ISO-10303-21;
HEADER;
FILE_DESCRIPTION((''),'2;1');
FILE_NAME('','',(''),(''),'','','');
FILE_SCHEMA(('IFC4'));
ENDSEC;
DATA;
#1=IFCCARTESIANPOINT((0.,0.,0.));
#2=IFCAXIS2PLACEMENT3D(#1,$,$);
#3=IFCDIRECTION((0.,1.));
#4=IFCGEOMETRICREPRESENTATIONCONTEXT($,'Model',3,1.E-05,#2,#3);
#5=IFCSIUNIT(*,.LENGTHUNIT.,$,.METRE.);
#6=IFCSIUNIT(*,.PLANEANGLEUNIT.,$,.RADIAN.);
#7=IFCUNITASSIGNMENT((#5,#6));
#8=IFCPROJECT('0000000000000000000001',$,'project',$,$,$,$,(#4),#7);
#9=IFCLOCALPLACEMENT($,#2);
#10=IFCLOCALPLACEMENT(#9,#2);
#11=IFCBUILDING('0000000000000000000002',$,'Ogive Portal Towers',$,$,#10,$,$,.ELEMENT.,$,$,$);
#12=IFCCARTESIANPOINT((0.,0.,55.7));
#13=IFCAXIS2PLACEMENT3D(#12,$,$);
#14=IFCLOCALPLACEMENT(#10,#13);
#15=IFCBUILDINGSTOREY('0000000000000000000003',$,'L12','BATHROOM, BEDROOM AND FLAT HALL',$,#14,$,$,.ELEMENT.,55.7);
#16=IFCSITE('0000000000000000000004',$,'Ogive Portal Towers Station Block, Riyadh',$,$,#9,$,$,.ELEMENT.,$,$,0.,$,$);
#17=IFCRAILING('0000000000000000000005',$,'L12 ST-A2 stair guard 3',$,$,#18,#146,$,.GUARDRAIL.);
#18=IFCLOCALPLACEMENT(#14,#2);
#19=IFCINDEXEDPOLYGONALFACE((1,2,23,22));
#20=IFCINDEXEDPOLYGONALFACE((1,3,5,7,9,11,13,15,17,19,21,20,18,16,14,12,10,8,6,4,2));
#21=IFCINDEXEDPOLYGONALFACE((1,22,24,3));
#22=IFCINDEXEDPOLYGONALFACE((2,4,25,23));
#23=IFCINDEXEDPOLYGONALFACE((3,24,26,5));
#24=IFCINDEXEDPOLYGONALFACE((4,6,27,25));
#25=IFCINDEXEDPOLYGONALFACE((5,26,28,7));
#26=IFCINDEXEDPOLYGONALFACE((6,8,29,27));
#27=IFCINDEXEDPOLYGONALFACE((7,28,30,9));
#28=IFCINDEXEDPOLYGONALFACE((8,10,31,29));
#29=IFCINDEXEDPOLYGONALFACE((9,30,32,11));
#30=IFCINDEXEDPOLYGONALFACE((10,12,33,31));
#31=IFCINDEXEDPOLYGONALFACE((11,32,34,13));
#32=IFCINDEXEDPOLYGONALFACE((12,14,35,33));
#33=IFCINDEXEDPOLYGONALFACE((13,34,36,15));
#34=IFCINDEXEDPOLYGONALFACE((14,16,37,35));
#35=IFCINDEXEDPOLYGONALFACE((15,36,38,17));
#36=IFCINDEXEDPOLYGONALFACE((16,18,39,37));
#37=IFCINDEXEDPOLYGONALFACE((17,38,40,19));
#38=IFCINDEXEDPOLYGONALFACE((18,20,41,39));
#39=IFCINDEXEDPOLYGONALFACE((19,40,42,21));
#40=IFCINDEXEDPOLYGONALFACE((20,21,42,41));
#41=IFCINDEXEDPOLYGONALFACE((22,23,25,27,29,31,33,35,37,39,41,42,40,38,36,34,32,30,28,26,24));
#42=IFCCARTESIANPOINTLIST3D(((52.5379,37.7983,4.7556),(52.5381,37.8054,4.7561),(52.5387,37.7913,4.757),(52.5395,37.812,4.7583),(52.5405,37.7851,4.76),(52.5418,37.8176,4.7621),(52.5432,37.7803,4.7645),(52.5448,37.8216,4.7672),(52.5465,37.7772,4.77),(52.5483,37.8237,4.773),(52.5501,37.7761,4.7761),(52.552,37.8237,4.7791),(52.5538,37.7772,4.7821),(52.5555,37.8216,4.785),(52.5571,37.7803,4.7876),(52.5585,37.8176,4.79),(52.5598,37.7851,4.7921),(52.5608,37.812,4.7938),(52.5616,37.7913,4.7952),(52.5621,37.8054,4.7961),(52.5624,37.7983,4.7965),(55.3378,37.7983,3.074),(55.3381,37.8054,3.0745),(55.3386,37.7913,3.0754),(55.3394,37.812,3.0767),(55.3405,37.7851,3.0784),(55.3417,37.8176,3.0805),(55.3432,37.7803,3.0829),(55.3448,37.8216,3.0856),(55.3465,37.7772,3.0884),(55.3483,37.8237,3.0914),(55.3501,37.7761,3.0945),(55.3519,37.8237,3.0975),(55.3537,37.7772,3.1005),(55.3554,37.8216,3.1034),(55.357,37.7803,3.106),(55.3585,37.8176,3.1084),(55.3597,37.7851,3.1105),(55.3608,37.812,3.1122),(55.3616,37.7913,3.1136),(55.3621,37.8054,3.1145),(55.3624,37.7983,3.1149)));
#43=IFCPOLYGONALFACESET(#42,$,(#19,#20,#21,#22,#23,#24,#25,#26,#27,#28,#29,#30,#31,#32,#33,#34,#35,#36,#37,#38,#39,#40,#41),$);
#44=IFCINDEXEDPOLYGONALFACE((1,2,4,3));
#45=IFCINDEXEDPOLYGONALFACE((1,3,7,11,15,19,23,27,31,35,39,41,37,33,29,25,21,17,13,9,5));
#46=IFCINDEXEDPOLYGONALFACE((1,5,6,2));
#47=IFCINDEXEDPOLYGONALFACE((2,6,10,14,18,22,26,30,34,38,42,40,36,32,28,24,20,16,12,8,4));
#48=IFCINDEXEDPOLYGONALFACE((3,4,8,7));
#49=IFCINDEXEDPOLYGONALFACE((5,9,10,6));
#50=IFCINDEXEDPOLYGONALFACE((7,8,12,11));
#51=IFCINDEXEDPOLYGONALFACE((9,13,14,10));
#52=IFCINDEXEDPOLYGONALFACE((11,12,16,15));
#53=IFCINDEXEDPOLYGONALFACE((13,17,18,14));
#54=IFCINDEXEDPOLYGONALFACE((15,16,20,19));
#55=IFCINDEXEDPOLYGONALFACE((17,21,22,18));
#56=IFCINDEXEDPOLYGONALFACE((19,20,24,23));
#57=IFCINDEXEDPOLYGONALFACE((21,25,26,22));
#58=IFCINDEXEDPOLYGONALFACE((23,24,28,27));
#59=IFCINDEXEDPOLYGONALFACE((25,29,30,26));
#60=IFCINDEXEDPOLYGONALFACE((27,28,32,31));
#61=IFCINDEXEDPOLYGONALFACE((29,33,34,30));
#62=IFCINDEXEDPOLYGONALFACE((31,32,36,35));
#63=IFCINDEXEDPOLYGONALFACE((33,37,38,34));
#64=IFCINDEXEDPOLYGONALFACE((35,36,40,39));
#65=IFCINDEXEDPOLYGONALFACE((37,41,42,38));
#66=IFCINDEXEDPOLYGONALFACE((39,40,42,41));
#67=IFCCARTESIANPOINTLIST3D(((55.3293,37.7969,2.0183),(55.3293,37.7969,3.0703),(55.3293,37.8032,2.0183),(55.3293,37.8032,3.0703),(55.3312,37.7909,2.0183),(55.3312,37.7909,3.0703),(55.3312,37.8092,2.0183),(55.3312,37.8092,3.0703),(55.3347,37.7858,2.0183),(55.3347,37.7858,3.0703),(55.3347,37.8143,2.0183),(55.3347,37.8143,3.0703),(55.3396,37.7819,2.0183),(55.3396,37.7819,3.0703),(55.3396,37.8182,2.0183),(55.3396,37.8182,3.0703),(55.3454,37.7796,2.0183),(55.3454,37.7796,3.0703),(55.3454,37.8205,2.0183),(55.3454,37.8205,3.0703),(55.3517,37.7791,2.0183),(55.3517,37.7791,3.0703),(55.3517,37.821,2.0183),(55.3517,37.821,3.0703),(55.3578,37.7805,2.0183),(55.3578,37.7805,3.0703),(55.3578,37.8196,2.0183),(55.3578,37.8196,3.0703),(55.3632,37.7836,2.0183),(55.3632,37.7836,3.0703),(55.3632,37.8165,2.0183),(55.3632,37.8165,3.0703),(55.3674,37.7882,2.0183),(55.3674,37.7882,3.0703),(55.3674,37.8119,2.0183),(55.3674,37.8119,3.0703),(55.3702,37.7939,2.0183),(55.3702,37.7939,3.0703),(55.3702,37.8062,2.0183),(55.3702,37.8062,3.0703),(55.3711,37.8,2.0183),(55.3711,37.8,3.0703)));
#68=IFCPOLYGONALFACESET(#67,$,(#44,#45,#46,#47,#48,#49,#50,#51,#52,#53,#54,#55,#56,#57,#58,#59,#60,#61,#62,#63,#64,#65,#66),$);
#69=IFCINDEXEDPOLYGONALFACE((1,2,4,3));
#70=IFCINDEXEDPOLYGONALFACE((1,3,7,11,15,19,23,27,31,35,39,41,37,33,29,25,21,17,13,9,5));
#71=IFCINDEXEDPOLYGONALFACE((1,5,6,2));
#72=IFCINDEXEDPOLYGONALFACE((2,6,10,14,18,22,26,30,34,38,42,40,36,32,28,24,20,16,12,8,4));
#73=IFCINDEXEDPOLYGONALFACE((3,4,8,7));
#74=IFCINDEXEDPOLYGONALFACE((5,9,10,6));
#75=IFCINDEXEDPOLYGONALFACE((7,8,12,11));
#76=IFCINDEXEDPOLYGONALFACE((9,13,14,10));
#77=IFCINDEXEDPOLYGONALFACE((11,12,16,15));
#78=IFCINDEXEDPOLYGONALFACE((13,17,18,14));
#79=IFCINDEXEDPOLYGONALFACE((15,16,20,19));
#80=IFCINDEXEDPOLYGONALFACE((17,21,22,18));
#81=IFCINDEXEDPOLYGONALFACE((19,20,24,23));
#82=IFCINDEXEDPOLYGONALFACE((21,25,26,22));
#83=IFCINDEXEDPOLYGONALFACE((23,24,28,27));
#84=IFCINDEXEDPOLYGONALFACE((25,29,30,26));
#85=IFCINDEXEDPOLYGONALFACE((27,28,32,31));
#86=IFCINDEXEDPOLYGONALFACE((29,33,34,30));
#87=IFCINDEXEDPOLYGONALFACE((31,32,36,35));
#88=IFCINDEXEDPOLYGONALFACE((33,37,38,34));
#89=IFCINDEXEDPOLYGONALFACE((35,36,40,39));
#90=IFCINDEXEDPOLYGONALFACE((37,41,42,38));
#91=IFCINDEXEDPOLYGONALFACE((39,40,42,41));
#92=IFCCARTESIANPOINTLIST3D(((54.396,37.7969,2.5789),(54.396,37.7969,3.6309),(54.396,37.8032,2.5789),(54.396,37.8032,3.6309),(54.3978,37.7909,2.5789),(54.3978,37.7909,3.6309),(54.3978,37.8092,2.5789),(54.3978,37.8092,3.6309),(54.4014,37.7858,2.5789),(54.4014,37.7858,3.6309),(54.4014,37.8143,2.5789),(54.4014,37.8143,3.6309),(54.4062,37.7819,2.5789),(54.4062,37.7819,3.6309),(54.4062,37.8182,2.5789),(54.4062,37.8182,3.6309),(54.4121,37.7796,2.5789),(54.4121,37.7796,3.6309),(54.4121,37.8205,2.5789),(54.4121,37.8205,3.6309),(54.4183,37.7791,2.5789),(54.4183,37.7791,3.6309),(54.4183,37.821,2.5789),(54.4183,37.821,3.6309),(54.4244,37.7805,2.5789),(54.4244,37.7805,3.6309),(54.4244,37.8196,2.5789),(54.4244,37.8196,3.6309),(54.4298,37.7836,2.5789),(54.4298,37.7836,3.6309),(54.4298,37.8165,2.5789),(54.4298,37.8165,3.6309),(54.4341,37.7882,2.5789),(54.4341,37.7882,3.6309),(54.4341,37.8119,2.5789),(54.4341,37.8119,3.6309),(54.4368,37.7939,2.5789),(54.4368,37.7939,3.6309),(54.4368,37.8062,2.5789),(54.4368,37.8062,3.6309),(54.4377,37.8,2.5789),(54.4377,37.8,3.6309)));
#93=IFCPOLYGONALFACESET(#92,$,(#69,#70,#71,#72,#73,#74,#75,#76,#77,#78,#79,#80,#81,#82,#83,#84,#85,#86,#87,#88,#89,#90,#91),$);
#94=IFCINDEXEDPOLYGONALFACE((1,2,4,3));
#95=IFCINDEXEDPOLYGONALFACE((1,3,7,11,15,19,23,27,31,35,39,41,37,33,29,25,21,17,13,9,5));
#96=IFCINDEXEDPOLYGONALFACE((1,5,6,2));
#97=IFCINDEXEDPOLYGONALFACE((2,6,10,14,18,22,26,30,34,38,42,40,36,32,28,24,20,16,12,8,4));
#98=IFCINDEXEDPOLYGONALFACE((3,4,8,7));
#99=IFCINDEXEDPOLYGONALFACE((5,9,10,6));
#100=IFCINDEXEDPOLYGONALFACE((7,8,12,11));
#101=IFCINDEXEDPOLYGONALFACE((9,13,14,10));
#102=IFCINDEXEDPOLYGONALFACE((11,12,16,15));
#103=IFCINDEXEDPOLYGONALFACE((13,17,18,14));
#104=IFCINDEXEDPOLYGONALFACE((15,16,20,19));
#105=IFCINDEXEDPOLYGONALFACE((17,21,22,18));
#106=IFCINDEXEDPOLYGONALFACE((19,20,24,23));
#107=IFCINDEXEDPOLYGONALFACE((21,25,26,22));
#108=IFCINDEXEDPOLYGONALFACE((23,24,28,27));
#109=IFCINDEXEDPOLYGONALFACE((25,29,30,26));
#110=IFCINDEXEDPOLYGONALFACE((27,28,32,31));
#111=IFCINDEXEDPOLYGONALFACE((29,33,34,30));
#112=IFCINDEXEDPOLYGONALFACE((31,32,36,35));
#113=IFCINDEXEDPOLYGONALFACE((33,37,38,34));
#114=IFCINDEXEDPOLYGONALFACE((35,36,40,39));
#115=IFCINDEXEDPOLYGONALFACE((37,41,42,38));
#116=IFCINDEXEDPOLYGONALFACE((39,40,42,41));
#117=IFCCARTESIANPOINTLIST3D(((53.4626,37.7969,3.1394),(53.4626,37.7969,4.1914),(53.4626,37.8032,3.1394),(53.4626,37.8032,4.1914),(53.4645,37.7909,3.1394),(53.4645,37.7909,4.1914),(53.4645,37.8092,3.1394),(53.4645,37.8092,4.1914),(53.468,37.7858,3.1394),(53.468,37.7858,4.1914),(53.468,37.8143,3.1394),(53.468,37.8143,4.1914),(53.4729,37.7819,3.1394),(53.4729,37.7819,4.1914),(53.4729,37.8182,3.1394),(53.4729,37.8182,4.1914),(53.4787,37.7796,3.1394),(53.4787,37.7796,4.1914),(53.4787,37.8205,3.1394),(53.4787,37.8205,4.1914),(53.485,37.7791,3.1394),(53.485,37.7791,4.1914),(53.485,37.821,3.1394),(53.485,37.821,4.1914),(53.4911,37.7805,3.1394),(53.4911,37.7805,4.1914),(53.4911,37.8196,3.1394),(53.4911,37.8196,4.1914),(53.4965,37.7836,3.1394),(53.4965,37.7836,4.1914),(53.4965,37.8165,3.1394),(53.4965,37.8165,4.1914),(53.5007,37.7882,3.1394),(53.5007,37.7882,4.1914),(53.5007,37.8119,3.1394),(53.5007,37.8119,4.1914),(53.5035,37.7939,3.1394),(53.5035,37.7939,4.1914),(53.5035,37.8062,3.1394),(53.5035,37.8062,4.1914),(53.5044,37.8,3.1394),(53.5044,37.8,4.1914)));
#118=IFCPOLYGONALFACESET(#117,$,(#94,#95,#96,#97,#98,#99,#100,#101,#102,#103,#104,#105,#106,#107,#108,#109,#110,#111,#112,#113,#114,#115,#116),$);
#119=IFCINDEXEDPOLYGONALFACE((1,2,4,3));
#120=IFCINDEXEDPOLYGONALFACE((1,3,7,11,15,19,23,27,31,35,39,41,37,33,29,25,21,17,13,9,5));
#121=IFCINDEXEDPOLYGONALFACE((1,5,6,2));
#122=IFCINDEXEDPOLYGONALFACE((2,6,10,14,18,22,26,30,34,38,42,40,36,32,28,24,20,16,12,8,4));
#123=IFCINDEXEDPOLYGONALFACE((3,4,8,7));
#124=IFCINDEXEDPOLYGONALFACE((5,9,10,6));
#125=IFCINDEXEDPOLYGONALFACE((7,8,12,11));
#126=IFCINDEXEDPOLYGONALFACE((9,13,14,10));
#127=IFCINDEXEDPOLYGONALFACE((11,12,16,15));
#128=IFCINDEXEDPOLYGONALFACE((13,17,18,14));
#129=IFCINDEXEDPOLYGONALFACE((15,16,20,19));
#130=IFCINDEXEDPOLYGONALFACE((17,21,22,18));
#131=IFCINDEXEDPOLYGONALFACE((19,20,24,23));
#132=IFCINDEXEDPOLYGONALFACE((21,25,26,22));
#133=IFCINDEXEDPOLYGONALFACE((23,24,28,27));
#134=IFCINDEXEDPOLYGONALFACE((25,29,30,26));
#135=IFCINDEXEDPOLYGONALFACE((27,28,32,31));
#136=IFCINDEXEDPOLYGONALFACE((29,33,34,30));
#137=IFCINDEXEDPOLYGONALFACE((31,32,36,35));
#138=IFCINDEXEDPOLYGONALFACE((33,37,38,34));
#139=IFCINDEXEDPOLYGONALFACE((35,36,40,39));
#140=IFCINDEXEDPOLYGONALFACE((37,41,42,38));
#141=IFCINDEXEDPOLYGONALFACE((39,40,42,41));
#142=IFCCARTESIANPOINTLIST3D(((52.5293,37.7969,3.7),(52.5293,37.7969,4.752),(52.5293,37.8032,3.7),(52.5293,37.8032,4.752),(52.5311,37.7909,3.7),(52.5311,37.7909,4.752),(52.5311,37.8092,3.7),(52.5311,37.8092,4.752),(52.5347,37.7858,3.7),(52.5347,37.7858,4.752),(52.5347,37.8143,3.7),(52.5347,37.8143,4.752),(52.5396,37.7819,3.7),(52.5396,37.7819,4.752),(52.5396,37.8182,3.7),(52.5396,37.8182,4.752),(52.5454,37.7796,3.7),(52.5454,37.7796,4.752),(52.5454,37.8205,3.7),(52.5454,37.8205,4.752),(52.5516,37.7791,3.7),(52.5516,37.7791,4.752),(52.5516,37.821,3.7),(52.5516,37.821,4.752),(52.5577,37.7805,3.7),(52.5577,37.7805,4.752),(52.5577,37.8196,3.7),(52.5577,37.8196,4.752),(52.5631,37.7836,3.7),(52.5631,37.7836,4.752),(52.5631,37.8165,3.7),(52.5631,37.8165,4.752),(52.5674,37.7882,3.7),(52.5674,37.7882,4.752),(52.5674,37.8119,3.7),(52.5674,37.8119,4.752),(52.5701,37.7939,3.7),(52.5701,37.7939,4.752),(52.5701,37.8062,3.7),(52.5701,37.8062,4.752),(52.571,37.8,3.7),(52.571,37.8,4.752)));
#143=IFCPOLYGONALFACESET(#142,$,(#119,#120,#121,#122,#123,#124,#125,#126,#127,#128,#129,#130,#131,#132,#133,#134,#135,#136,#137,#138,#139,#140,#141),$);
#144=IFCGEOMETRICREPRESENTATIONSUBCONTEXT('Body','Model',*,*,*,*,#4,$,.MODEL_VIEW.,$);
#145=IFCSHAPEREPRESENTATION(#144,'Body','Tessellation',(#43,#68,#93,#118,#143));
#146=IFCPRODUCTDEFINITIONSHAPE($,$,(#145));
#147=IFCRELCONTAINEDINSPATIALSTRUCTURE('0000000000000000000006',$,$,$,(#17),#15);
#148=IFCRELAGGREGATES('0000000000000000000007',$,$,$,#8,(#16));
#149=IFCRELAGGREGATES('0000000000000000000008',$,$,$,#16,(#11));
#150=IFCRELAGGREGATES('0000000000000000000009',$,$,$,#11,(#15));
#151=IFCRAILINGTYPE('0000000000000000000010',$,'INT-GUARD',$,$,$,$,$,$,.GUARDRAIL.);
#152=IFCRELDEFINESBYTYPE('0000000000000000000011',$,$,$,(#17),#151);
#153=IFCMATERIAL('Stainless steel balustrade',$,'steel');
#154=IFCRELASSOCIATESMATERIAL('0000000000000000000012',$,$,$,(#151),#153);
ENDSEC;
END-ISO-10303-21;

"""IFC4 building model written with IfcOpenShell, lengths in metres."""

from ifc_helpers import new_model, si_unit, direction, frame, origin, origin_2d, place, context, subcontext, project, spatial, circle, extrude, material, type_object, element, save


model = new_model("IFC4")

# Units and contexts
model_context = context("Model", 3, precision=1e-05, world=origin(), true_north=direction((0.0, 1.0)))
body_context = subcontext(model_context, "Body", "Model", "MODEL_VIEW")
ifc_project = project(units=[si_unit("LENGTHUNIT", "METRE"), si_unit("PLANEANGLEUNIT", "RADIAN")], contexts=[model_context])

# Site, building, storey
site_placement = place(None, origin())
site = spatial("IfcSite", under=ifc_project, at=site_placement, Name="Ogive Portal Towers Station Block, Riyadh", CompositionType="ELEMENT", RefElevation=0.0)
building_placement = place(site_placement, origin())
building = spatial("IfcBuilding", under=site, at=building_placement, Name="Ogive Portal Towers", CompositionType="ELEMENT")
storey_placement = place(building_placement, frame((0.0, 0.0, 55.7)))
storey = spatial("IfcBuildingStorey", under=building, at=storey_placement, Name="L12", Description="BATHROOM, BEDROOM AND FLAT HALL", CompositionType="ELEMENT", Elevation=55.7)

# Railing
ifc_material_1 = material(Name="Stainless steel balustrade", Category="steel")
railing_type_1 = type_object("IfcRailingType", Name="INT-GUARD", PredefinedType="GUARDRAIL", material=ifc_material_1)
railing_1_placement = place(storey_placement, frame((55.3501, 37.8, 2.0183)))
element("IfcRailing", 1, at=railing_1_placement, inside=storey, type_object=railing_type_1, Name="L12 ST-A2 stair guard 3", PredefinedType="GUARDRAIL", context=body_context, shape_type="SweptSolid", body=[
    extrude(circle(Radius=0.0239, at=origin_2d()), frame((0.0, 0.0, 1.0762), z_axis=(-0.857275, 0.0, 0.514858), x_axis=(0.0, -1.0, 0.0)), (0.0, 0.0, 1.0), 3.2661),
    extrude(circle(Radius=0.021, at=origin_2d()), origin(), (0.0, 0.0, 1.0), 1.052),
    extrude(circle(Radius=0.021, at=origin_2d()), frame((-0.9333, 0.0, 0.5605)), (0.0, 0.0, 1.0), 1.052),
    extrude(circle(Radius=0.021, at=origin_2d()), frame((-1.8667, 0.0, 1.1211)), (0.0, 0.0, 1.0), 1.052),
    extrude(circle(Radius=0.021, at=origin_2d()), frame((-2.8, 0.0, 1.6816)), (0.0, 0.0, 1.0), 1.052),
])

save(model, "model.ifc")
